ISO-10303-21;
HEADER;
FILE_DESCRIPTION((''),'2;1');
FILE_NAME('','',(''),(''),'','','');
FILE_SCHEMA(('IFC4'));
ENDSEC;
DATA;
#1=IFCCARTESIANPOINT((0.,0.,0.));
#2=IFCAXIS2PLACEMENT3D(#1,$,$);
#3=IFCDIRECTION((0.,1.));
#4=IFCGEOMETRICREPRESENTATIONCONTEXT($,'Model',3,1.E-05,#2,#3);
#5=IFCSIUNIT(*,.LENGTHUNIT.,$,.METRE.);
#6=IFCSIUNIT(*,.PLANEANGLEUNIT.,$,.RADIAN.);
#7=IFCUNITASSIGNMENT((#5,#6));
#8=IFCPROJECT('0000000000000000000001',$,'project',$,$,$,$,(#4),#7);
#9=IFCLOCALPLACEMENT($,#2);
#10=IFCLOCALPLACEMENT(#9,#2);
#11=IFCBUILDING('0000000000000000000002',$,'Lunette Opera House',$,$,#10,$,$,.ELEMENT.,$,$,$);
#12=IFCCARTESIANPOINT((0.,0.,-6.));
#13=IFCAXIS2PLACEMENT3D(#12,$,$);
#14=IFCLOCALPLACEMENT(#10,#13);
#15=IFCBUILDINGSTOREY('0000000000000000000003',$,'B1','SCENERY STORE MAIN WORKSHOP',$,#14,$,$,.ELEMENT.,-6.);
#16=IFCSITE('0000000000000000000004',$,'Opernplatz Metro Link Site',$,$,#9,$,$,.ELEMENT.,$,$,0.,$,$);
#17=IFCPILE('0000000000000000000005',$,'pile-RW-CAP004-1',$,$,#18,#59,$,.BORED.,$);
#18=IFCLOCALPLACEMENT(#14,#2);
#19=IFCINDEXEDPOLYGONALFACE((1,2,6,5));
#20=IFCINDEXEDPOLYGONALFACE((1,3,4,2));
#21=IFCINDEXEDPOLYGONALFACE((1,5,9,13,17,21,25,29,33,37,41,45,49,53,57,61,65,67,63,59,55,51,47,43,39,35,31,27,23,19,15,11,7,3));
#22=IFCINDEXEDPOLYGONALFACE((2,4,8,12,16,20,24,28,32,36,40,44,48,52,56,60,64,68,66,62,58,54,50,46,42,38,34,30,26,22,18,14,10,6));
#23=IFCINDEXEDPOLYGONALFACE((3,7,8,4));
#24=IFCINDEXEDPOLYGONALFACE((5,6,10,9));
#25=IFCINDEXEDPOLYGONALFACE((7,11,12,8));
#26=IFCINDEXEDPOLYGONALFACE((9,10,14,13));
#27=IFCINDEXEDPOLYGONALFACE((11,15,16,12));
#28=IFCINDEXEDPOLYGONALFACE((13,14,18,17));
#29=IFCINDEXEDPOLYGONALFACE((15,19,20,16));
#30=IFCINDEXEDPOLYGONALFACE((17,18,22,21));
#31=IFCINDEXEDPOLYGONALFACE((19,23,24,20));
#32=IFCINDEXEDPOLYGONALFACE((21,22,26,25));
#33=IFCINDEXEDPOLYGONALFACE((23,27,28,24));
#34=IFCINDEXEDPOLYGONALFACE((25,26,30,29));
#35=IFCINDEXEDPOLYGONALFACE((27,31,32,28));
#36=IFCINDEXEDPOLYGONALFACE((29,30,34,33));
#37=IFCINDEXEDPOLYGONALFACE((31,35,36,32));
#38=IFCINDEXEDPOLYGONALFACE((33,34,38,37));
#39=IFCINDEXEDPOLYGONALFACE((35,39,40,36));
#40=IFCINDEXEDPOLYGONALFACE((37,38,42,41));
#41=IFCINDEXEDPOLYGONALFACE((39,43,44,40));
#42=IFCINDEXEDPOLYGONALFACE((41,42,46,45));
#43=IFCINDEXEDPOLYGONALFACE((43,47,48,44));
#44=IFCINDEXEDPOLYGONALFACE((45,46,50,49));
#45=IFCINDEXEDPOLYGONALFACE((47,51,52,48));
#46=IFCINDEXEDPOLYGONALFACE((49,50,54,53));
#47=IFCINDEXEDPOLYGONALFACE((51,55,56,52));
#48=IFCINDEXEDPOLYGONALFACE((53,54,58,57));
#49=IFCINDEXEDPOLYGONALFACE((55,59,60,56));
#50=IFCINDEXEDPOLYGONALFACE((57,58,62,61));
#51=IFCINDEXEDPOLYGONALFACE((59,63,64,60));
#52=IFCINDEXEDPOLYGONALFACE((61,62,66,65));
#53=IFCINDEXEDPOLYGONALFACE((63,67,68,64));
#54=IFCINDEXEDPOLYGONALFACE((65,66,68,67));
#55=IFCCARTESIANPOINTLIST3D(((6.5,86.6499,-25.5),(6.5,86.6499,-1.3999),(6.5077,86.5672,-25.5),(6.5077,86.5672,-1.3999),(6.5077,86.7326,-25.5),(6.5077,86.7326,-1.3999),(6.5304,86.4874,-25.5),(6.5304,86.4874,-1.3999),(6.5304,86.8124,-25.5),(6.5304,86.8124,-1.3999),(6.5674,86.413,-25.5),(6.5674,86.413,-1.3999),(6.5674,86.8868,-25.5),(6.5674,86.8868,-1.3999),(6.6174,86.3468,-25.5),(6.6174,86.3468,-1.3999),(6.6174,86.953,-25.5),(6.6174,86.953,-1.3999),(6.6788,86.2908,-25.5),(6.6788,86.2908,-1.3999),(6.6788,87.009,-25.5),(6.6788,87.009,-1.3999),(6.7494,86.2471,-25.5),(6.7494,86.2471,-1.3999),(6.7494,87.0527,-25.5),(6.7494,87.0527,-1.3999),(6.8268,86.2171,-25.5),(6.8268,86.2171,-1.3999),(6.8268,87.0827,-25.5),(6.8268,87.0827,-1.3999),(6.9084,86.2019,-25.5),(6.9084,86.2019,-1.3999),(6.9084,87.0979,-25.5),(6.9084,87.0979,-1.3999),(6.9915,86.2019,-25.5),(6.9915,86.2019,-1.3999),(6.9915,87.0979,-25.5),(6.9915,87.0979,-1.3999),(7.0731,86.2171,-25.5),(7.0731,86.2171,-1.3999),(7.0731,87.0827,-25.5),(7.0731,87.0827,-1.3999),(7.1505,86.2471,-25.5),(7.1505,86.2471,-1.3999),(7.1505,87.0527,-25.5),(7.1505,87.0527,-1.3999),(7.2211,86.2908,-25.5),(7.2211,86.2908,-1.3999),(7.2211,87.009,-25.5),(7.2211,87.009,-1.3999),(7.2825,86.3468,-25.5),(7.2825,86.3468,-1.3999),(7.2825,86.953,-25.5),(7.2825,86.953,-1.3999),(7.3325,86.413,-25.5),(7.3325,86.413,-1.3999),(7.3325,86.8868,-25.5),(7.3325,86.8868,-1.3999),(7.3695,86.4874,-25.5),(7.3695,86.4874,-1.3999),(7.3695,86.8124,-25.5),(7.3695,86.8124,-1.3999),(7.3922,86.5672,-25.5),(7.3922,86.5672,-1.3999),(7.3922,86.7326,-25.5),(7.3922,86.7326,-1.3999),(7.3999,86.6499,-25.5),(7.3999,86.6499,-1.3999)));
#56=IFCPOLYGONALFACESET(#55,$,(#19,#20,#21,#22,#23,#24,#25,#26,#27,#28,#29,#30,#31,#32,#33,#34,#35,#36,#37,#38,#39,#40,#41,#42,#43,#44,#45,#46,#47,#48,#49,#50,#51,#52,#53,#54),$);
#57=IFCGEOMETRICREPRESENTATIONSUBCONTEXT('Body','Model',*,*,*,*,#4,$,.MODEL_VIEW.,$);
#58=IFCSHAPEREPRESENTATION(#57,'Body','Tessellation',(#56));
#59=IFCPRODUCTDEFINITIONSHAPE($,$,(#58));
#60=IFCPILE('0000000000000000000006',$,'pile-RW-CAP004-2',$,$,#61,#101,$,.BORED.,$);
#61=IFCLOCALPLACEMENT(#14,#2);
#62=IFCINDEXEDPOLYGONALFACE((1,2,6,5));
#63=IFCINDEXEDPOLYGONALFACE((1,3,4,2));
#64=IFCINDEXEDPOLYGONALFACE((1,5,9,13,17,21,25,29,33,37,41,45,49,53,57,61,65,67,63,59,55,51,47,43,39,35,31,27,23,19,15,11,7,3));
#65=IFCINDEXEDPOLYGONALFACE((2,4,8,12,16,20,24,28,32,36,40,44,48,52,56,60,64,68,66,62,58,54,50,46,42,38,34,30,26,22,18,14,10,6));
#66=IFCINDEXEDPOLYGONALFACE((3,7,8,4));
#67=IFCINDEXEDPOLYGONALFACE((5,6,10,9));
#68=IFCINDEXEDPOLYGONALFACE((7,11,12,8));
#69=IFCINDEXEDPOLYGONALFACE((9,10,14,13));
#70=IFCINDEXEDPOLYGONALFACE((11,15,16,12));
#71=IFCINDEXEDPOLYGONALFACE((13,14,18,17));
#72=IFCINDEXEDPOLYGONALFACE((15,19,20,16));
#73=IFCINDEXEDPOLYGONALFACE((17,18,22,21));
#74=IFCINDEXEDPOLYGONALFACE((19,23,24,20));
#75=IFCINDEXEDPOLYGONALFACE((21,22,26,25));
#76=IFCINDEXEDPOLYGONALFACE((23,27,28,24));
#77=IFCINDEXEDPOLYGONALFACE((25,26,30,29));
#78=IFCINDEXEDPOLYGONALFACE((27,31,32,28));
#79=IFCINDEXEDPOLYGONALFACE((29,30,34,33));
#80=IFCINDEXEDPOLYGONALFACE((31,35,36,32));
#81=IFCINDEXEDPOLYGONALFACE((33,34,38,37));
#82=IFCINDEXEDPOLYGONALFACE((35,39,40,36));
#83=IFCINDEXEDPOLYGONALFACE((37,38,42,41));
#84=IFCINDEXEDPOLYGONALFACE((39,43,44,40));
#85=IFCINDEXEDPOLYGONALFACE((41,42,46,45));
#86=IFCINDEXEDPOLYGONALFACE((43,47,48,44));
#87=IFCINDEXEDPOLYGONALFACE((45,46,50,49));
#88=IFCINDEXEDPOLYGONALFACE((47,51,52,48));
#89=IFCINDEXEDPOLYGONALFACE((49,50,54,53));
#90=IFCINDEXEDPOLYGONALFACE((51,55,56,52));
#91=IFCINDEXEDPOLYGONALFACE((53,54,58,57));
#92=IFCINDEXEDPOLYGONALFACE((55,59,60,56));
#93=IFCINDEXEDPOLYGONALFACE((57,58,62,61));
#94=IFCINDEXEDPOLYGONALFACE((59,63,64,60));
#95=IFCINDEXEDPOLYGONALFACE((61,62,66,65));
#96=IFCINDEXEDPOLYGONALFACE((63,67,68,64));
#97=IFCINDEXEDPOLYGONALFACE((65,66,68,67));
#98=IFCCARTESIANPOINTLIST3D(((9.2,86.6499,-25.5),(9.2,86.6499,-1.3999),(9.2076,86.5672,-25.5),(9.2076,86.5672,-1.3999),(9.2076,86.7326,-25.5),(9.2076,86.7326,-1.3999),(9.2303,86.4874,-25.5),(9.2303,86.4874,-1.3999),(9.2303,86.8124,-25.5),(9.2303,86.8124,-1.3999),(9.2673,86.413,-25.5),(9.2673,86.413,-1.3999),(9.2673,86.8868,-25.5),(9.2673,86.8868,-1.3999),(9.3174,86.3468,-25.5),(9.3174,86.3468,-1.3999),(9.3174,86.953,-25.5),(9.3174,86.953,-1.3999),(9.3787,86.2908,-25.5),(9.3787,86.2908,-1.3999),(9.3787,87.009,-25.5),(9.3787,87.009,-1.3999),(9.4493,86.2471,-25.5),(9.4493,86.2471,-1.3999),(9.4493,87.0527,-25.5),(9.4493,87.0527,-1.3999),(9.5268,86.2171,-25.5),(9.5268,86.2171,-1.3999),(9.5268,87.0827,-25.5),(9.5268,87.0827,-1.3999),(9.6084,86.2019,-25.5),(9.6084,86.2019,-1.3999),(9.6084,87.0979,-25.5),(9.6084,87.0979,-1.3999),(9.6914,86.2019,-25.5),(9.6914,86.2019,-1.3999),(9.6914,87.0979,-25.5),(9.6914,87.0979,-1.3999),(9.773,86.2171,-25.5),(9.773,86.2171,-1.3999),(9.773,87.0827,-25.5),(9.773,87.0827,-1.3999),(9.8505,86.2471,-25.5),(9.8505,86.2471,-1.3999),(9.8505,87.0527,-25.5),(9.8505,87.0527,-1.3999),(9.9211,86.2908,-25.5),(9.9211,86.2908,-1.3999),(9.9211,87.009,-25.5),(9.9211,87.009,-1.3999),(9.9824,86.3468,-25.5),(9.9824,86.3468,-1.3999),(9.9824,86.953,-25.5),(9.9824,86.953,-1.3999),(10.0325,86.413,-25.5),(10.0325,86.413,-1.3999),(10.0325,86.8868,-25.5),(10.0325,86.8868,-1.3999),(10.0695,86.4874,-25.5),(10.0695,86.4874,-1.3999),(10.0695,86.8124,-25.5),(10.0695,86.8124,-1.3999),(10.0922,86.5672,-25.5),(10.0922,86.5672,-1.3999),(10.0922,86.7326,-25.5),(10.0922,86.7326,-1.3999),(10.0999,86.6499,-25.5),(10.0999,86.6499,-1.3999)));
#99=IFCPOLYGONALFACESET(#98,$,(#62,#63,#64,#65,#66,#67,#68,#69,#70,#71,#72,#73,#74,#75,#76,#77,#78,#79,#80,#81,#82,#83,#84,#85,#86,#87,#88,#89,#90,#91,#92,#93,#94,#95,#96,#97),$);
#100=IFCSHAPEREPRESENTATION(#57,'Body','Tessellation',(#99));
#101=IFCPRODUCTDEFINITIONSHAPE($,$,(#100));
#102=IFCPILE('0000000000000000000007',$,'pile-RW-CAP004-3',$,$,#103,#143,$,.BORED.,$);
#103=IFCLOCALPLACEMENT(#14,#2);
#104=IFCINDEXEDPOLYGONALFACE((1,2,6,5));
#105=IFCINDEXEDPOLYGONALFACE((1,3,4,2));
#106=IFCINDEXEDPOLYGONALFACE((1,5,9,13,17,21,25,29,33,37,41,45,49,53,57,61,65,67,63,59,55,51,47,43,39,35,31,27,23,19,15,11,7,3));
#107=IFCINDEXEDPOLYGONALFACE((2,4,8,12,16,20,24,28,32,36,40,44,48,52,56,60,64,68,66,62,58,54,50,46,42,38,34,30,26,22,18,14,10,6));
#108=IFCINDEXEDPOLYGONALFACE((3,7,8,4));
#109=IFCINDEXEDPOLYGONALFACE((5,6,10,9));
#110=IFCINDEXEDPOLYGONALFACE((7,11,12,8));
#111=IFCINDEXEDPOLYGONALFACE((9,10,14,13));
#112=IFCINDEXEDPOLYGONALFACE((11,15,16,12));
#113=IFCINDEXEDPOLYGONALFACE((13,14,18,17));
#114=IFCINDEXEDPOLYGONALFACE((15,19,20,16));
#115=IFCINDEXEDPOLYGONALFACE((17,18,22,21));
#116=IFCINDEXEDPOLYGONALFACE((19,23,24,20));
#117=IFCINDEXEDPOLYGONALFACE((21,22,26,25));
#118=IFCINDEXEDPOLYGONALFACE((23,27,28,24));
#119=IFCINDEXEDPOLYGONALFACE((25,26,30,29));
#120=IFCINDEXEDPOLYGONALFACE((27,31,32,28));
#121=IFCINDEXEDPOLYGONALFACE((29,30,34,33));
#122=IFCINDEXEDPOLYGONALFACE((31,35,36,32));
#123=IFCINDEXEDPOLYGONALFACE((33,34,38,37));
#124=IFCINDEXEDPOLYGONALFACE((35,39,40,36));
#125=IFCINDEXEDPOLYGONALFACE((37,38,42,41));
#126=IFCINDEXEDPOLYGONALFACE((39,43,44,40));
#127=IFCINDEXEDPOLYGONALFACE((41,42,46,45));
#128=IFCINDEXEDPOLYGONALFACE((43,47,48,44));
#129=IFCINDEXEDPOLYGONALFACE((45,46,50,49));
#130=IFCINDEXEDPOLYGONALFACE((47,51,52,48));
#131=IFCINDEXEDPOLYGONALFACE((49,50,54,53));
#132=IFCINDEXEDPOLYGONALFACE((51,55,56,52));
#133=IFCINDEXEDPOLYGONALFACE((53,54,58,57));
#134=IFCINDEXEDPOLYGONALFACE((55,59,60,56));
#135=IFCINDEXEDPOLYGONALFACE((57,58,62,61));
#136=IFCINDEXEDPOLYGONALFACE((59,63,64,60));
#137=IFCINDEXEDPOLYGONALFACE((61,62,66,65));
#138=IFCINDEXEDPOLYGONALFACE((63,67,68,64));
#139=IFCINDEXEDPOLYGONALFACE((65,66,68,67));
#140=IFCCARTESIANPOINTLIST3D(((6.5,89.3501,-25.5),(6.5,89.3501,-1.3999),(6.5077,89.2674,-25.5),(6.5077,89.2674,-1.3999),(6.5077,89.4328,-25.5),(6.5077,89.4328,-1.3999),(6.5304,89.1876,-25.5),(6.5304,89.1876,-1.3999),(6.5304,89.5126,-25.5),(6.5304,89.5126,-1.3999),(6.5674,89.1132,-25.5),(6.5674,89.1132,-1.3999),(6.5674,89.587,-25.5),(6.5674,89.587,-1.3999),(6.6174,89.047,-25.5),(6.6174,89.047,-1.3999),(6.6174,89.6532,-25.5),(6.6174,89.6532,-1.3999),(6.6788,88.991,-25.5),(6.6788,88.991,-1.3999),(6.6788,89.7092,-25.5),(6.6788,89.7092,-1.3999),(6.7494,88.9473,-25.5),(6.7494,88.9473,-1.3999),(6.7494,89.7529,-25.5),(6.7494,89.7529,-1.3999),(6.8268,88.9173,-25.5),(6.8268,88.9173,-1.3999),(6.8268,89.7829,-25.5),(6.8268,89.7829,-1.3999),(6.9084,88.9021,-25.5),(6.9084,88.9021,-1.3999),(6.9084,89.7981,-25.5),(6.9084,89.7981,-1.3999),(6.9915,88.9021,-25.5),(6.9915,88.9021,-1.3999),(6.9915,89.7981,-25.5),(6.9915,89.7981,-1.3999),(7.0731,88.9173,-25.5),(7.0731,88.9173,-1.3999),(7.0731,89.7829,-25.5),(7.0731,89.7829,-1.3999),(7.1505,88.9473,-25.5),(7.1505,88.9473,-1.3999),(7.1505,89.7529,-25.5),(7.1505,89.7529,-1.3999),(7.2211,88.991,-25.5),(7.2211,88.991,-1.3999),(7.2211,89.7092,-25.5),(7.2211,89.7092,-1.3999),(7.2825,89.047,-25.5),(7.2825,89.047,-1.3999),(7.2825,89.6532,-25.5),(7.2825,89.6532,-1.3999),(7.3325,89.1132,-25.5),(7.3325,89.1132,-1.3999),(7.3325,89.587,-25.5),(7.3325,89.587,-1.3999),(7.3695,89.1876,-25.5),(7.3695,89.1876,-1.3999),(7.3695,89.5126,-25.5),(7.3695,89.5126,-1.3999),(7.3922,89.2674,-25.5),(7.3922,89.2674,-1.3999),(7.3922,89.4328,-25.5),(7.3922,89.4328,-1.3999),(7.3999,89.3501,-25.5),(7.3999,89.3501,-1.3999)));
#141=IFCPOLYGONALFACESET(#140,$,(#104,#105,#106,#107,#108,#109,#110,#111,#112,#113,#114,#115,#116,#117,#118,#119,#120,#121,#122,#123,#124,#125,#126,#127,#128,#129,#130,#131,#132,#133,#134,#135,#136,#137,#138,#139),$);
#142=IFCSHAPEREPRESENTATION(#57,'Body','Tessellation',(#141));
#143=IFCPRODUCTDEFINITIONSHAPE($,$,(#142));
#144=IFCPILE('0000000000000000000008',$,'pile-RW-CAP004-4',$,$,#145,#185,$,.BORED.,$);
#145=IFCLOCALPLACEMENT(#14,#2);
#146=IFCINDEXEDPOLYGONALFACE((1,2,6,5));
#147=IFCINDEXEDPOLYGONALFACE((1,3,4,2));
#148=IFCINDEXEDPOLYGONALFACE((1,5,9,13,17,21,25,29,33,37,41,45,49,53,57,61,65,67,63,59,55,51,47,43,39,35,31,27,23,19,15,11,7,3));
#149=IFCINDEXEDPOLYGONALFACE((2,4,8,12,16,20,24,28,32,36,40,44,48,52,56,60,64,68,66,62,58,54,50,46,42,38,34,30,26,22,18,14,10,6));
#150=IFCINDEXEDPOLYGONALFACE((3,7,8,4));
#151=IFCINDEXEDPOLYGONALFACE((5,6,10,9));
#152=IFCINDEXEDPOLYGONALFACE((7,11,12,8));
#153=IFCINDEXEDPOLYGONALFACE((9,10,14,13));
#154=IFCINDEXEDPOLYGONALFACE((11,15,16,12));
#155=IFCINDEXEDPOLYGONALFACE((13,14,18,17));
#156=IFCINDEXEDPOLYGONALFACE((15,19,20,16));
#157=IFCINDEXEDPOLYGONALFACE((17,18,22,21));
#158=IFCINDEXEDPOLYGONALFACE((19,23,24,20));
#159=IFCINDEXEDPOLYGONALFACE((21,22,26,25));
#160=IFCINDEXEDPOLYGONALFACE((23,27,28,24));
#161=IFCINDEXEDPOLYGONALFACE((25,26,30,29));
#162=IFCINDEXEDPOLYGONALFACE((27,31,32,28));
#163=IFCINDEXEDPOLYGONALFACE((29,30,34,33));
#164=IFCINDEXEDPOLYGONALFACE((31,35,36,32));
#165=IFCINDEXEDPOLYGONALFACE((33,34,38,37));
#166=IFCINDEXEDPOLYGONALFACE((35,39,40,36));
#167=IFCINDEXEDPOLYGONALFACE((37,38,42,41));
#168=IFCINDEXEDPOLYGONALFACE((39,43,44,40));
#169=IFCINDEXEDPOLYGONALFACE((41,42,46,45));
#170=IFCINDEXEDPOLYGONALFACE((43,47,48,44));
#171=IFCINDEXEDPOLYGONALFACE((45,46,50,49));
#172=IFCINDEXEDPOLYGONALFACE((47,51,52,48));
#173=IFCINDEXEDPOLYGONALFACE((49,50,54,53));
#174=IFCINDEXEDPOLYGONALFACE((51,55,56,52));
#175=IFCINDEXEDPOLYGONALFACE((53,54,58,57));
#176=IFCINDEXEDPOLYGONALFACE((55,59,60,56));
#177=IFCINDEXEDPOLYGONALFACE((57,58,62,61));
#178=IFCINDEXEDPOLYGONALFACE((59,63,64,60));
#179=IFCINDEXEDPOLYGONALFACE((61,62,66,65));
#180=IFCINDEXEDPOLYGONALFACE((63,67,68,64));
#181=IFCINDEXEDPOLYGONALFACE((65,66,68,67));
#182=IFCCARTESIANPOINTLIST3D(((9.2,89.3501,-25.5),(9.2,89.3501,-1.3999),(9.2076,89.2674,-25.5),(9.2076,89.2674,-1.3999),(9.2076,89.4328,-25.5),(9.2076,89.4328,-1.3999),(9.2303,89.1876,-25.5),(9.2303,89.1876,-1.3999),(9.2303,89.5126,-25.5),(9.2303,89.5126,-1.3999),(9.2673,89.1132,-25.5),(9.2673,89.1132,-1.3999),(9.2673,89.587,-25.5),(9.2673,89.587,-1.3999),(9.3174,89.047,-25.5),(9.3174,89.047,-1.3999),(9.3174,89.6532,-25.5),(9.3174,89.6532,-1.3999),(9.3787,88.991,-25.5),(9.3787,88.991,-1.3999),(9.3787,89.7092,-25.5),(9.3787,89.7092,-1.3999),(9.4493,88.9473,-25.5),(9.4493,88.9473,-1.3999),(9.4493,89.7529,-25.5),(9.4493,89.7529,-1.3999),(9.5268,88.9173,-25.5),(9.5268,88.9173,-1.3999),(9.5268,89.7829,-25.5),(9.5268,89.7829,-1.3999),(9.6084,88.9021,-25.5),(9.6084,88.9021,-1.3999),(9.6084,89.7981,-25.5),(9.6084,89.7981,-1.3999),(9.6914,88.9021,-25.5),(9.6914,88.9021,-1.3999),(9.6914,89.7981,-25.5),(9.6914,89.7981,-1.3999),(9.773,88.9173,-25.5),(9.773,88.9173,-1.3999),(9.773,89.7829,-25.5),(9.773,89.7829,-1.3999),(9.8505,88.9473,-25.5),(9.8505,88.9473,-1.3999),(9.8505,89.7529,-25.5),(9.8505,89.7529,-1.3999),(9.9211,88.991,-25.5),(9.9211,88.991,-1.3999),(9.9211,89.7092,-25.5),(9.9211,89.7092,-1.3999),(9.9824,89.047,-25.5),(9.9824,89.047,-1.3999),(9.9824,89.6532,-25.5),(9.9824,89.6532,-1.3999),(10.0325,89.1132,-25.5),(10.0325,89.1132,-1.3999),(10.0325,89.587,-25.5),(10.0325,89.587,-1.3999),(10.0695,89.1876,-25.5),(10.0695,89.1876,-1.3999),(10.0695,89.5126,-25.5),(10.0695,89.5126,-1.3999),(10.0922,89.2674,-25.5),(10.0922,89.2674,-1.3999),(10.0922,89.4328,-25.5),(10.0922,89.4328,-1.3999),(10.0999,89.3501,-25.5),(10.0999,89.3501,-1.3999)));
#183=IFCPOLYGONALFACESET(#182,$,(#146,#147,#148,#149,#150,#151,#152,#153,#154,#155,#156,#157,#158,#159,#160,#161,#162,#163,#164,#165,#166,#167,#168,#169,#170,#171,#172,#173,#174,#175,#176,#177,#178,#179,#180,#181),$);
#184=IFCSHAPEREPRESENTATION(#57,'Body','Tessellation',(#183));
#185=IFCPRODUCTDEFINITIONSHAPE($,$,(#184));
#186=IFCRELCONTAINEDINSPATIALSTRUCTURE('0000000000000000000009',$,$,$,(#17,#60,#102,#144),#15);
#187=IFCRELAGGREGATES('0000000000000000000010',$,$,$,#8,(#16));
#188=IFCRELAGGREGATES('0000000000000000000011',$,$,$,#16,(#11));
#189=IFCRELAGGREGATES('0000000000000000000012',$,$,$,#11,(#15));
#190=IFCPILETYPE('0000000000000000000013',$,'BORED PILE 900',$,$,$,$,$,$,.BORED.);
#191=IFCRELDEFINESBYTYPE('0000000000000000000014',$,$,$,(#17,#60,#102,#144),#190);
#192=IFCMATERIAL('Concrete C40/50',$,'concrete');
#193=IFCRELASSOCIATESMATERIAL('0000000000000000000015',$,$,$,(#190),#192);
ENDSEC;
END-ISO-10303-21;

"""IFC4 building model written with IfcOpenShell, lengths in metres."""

from ifc_helpers import new_model, si_unit, direction, frame, origin, origin_2d, place, context, subcontext, project, spatial, circle, extrude, material, material_profile, profile_set, type_object, element, save


model = new_model("IFC4")

# Units and contexts
model_context = context("Model", 3, precision=1e-05, world=origin(), true_north=direction((0.0, 1.0)))
body_context = subcontext(model_context, "Body", "Model", "MODEL_VIEW")
ifc_project = project(units=[si_unit("LENGTHUNIT", "METRE"), si_unit("PLANEANGLEUNIT", "RADIAN")], contexts=[model_context])

# Site, building, storey
site_placement = place(None, origin())
site = spatial("IfcSite", under=ifc_project, at=site_placement, Name="Opernplatz Metro Link Site", CompositionType="ELEMENT", RefElevation=0.0)
building_placement = place(site_placement, origin())
building = spatial("IfcBuilding", under=site, at=building_placement, Name="Lunette Opera House", CompositionType="ELEMENT")
storey_placement = place(building_placement, frame((0.0, 0.0, -6.0)))
storey = spatial("IfcBuildingStorey", under=building, at=storey_placement, Name="B1", Description="SCENERY STORE MAIN WORKSHOP", CompositionType="ELEMENT", Elevation=-6.0)

# Piles
ifc_material_1 = material(Name="Concrete C40/50", Category="concrete")
ifc_material_profile_1 = material_profile(ifc_material_1, circle(Radius=0.45, at=origin_2d()), Name="BORED PILE 900")
ifc_profile_set_1 = profile_set([ifc_material_profile_1], Name="Concrete C40/50")
pile_type = type_object("IfcPileType", Name="BORED PILE 900", PredefinedType="BORED", material=ifc_profile_set_1)
for number, where, z_axis, x_axis, name in (
    (1, (6.95, 86.6499, -1.3999), (0.0, 0.0, -1.0), (1.0, 0.0, 0.0), "pile-RW-CAP004-1"),
    (2, (9.6499, 86.6499, -1.3999), (0.0, 0.0, -1.0), (1.0, 0.0, 0.0), "pile-RW-CAP004-2"),
    (3, (6.95, 89.3501, -1.3999), (0.0, 0.0, -1.0), (1.0, 0.0, 0.0), "pile-RW-CAP004-3"),
    (4, (9.6499, 89.3501, -1.3999), (0.0, 0.0, -1.0), (1.0, 0.0, 0.0), "pile-RW-CAP004-4"),
):
    element("IfcPile", number, at=place(storey_placement, frame(where, z_axis=z_axis, x_axis=x_axis)), inside=storey, type_object=pile_type, Name=name, PredefinedType="BORED", context=body_context, shape_type="SweptSolid", body=[
        extrude(circle(Radius=0.45, at=origin_2d()), origin(), (0.0, 0.0, 1.0), 24.1001),
    ])

save(model, "model.ifc")
